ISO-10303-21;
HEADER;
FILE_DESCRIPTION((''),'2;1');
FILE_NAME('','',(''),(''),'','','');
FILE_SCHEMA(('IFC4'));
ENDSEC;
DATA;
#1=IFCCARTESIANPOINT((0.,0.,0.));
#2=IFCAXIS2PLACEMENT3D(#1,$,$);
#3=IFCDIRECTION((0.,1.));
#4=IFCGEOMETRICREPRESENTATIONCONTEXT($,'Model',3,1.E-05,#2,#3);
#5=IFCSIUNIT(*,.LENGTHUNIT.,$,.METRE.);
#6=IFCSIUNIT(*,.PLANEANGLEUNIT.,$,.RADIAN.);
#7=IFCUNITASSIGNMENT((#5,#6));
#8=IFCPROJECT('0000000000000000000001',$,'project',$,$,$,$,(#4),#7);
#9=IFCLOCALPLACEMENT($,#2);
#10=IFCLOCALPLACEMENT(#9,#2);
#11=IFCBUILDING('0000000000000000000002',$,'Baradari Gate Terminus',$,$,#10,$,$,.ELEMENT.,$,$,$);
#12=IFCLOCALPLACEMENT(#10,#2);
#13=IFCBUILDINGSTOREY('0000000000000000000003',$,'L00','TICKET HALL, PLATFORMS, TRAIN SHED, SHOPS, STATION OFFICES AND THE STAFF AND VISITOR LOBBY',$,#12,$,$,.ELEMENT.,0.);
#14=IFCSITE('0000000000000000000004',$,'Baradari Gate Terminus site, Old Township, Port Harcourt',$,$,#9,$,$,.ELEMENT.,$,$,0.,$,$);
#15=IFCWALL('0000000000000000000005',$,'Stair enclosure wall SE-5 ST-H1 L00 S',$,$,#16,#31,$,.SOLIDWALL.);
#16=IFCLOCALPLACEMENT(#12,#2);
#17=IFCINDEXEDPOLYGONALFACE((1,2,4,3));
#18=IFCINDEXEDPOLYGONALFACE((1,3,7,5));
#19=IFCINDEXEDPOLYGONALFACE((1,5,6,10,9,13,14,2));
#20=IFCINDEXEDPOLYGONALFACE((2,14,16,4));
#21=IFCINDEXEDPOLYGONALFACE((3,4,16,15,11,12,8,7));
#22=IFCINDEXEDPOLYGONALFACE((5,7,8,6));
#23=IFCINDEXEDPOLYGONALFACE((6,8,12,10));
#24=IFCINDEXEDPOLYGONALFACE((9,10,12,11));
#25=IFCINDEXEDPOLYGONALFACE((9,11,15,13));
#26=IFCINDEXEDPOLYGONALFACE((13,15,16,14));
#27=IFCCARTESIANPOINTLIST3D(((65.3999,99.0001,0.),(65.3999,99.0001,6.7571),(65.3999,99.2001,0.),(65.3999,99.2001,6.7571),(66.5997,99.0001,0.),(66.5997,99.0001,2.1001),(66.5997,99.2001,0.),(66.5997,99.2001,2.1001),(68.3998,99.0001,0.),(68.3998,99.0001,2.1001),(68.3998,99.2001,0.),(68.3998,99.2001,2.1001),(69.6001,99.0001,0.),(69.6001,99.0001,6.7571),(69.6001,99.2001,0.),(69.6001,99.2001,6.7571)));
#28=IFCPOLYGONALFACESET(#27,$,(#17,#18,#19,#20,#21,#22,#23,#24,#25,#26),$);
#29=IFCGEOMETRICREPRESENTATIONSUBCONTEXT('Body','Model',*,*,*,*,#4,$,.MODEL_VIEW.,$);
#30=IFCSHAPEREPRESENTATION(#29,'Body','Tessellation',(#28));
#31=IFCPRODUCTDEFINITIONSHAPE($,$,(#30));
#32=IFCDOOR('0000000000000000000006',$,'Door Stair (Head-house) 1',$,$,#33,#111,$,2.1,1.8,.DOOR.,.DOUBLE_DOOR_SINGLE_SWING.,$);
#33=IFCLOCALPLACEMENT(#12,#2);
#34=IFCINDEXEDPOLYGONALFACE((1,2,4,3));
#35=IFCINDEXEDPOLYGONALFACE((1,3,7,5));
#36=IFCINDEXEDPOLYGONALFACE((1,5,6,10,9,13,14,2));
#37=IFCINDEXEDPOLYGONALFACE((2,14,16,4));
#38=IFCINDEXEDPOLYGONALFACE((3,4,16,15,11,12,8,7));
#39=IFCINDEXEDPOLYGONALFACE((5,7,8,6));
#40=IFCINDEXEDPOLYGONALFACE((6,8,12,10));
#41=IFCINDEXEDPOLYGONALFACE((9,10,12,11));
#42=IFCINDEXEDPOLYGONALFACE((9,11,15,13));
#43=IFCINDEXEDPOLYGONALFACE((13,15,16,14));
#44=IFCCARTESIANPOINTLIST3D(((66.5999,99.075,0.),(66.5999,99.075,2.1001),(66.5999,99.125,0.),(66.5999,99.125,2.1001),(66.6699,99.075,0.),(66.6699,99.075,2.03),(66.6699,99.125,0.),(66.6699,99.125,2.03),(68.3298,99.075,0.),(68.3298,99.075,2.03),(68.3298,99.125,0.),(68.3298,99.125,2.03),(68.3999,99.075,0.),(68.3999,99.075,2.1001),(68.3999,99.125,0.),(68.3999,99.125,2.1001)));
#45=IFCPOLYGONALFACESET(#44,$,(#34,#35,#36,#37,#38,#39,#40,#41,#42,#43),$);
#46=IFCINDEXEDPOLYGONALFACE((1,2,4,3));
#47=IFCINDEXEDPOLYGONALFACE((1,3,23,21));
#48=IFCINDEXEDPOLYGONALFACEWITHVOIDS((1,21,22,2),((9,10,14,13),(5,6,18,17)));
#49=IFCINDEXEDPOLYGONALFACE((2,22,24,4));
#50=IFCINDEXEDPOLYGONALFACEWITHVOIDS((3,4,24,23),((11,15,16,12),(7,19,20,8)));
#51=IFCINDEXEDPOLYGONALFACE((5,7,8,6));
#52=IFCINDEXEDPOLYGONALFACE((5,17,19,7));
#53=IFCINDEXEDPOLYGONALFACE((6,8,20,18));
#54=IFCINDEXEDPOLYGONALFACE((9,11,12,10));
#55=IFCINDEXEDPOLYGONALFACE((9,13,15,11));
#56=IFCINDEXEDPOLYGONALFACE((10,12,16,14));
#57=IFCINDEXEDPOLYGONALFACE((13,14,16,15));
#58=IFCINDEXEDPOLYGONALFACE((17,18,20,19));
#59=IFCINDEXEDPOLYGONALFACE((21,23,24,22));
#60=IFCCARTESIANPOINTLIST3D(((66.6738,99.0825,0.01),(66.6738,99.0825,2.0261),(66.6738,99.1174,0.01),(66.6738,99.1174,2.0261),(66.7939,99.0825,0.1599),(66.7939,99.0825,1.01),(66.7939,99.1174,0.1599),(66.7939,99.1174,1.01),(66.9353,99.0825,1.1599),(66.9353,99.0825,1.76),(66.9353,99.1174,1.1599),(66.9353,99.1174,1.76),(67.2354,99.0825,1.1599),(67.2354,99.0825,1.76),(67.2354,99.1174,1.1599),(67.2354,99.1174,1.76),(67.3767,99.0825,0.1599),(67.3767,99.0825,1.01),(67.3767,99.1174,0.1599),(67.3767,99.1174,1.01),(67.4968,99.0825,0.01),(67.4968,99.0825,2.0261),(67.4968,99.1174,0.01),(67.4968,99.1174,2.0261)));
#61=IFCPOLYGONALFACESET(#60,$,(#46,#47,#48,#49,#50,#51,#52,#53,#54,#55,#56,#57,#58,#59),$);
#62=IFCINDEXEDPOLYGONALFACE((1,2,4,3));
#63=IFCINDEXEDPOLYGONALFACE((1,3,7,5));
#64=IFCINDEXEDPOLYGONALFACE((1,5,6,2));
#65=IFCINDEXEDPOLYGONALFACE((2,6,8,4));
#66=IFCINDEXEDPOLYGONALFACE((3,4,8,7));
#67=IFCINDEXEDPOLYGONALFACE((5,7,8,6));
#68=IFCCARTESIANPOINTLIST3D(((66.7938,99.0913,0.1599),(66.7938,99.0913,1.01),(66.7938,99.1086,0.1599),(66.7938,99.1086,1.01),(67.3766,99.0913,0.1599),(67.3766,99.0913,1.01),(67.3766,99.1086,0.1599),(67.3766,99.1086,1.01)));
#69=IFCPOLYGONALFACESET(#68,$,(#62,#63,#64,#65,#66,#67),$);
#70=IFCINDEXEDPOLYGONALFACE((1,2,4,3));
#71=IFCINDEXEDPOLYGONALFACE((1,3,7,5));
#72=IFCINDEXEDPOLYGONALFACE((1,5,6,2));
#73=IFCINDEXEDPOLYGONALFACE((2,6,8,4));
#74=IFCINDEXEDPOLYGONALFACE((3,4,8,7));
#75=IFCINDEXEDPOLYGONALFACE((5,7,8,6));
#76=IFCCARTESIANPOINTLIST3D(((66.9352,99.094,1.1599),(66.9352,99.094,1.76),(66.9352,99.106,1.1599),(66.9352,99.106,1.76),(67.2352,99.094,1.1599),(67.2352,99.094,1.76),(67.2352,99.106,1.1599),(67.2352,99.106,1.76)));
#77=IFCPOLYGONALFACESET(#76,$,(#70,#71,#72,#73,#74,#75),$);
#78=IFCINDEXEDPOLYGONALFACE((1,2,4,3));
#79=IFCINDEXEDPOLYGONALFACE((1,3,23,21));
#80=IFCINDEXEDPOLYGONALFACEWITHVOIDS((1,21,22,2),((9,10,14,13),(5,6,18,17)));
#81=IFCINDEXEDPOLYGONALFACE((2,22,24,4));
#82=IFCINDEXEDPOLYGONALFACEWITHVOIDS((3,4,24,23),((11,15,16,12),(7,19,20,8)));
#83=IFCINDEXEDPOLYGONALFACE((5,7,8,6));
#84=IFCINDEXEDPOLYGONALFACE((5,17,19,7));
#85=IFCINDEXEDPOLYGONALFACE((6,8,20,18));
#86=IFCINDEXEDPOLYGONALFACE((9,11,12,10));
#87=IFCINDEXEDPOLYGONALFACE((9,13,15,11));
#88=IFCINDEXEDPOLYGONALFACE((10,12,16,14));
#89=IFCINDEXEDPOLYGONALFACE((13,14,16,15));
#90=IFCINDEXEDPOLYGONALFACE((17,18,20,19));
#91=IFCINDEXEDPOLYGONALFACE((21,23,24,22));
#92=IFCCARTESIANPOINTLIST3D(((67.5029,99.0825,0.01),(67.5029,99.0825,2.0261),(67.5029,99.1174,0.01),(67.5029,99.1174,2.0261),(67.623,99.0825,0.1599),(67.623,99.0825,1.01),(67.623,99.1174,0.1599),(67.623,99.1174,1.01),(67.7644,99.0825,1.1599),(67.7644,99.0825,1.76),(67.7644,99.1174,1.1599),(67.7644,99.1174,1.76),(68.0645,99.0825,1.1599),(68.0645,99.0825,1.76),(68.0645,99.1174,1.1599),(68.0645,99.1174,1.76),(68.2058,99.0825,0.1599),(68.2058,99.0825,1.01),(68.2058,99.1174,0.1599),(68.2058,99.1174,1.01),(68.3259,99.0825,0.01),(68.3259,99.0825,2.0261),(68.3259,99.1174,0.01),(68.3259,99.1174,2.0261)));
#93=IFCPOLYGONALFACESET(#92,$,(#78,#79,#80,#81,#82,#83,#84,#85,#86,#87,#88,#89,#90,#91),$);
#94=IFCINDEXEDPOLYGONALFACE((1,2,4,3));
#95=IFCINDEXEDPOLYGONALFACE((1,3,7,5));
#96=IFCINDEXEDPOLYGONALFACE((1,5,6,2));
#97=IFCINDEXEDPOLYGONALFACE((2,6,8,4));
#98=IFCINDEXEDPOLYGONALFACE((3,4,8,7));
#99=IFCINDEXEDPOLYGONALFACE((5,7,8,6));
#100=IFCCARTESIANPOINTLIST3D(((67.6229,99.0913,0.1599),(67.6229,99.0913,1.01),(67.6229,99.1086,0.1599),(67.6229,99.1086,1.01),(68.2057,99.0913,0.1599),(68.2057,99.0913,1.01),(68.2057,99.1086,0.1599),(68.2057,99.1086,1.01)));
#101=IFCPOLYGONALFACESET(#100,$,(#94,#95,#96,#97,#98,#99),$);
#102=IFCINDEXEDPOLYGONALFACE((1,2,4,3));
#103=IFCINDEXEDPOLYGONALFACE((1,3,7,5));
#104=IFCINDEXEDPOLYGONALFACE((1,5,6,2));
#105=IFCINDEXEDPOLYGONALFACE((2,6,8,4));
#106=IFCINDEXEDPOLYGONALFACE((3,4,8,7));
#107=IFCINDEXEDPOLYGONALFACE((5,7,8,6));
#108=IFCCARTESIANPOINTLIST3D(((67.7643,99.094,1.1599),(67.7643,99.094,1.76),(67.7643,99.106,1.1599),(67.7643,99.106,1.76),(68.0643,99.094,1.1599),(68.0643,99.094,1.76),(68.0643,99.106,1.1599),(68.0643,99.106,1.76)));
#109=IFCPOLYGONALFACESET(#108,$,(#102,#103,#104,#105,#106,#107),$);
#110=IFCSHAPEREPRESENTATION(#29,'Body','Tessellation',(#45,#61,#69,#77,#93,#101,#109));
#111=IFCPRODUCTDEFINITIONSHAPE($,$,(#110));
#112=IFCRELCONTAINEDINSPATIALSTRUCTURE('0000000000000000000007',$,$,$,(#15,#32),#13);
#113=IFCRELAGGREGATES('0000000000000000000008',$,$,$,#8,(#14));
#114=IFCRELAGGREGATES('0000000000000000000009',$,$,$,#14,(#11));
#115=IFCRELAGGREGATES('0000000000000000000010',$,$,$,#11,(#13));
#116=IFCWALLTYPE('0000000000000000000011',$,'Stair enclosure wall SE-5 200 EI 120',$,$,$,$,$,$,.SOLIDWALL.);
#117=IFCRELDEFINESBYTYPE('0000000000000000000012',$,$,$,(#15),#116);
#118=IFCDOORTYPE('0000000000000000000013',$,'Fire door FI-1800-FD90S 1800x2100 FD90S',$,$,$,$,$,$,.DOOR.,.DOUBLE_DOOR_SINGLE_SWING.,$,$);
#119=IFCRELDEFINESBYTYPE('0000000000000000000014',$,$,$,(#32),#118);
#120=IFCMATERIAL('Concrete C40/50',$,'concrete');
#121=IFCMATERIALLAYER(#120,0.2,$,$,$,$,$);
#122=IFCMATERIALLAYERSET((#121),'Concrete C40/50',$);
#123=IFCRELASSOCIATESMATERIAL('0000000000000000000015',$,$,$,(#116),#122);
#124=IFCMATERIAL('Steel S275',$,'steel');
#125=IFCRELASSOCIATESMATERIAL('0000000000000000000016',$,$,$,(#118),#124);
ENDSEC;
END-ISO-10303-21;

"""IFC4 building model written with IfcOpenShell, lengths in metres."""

from ifc_helpers import new_model, si_unit, direction, frame, frame_2d, origin, place, context, subcontext, project, spatial, polyline, rectangle, outline, extrude, material, layer, layer_set, type_object, element, fill, save


model = new_model("IFC4")

# Units and contexts
model_context = context("Model", 3, precision=1e-05, world=origin(), true_north=direction((0.0, 1.0)))
body_context = subcontext(model_context, "Body", "Model", "MODEL_VIEW")
ifc_project = project(units=[si_unit("LENGTHUNIT", "METRE"), si_unit("PLANEANGLEUNIT", "RADIAN")], contexts=[model_context])

# Site, building, storey
site_placement = place(None, origin())
site = spatial("IfcSite", under=ifc_project, at=site_placement, Name="Baradari Gate Terminus site, Old Township, Port Harcourt", CompositionType="ELEMENT", RefElevation=0.0)
building_placement = place(site_placement, origin())
building = spatial("IfcBuilding", under=site, at=building_placement, Name="Baradari Gate Terminus", CompositionType="ELEMENT")
storey_placement = place(building_placement, origin())
storey = spatial("IfcBuildingStorey", under=building, at=storey_placement, Name="L00", Description="TICKET HALL, PLATFORMS, TRAIN SHED, SHOPS, STATION OFFICES AND THE STAFF AND VISITOR LOBBY", CompositionType="ELEMENT", Elevation=0.0)

# Wall, opening, door
ifc_material_1 = material(Name="Concrete C40/50", Category="concrete")
ifc_layer_1 = layer(ifc_material_1, 0.2)
ifc_layer_set_1 = layer_set([ifc_layer_1], Name="Concrete C40/50")
wall_type_1 = type_object("IfcWallType", Name="Stair enclosure wall SE-5 200 EI 120", PredefinedType="SOLIDWALL", material=ifc_layer_set_1)
wall_1_placement = place(storey_placement, frame((65.3999, 99.1001, 0.0), z_axis=(0.0, 0.0, 1.0), x_axis=(1.0, 0.0, 0.0)))
wall_1 = element("IfcWall", 1, at=wall_1_placement, inside=storey, type_object=wall_type_1, Name="Stair enclosure wall SE-5 ST-H1 L00 S", PredefinedType="SOLIDWALL", context=body_context, shape_type="SweptSolid", body=[
    extrude(rectangle(XDim=4.2002, YDim=0.2, at=frame_2d((2.1001, 0.0))), origin(), (0.0, 0.0, 1.0), 6.7571),
])
opening_1_placement = place(wall_1_placement, frame((1.2, 0.0, 0.0)))
opening_1 = element("IfcOpeningElement", 2, at=opening_1_placement, cuts=wall_1, PredefinedType="OPENING", context=body_context, shape_type="SweptSolid", body=[
    extrude(rectangle(XDim=1.8, YDim=2.1001, at=frame_2d((0.8999, 1.05))), frame((0.0, 0.1099, 0.0), z_axis=(0.0, -1.0, 0.0), x_axis=(1.0, 0.0, 0.0)), (0.0, 0.0, 1.0), 0.22),
])
ifc_material_2 = material(Name="Steel S275", Category="steel")
door_type_1 = type_object("IfcDoorType", Name="Fire door FI-1800-FD90S 1800x2100 FD90S", OperationType="DOUBLE_DOOR_SINGLE_SWING", PredefinedType="DOOR", material=ifc_material_2)
door_1_placement = place(opening_1_placement, origin())
door_1 = element("IfcDoor", 3, at=door_1_placement, inside=storey, type_object=door_type_1, Name="Door Stair (Head-house) 1", OperationType="DOUBLE_DOOR_SINGLE_SWING", OverallHeight=2.1, OverallWidth=1.8, PredefinedType="DOOR", context=body_context, shape_type="SweptSolid", body=[
    extrude(outline(polyline([(0.0, 0.0), (0.0701, 0.0), (0.0701, 2.03), (1.73, 2.03), (1.73, 0.0), (1.8, 0.0), (1.8, 2.1001), (0.0, 2.1001), (0.0, 0.0)])), frame((0.0, 0.0249, 0.0), z_axis=(0.0, -1.0, 0.0), x_axis=(1.0, 0.0, 0.0)), (0.0, 0.0, 1.0), 0.05),
    extrude(outline(polyline([(0.074, 0.01), (0.897, 0.01), (0.897, 2.0261), (0.074, 2.0261), (0.074, 0.01)]), holes=[polyline([(0.1941, 0.1599), (0.7769, 0.1599), (0.7769, 1.01), (0.1941, 1.01), (0.1941, 0.1599)]), polyline([(0.3354, 1.1599), (0.6355, 1.1599), (0.6355, 1.76), (0.3354, 1.76), (0.3354, 1.1599)])]), frame((0.0, 0.0173, 0.0), z_axis=(0.0, -1.0, 0.0), x_axis=(1.0, 0.0, 0.0)), (0.0, 0.0, 1.0), 0.0349),
    extrude(rectangle(XDim=0.5828, YDim=0.8501, at=frame_2d((0.4854, 0.585))), frame((0.0, 0.0085, 0.0), z_axis=(0.0, -1.0, 0.0), x_axis=(1.0, 0.0, 0.0)), (0.0, 0.0, 1.0), 0.0173),
    extrude(rectangle(XDim=0.3, YDim=0.6001, at=frame_2d((0.4854, 1.46))), frame((0.0, 0.0059, 0.0), z_axis=(0.0, -1.0, 0.0), x_axis=(1.0, 0.0, 0.0)), (0.0, 0.0, 1.0), 0.012),
    extrude(outline(polyline([(0.9031, 0.01), (1.7261, 0.01), (1.7261, 2.0261), (0.9031, 2.0261), (0.9031, 0.01)]), holes=[polyline([(1.0232, 0.1599), (1.606, 0.1599), (1.606, 1.01), (1.0232, 1.01), (1.0232, 0.1599)]), polyline([(1.1646, 1.1599), (1.4646, 1.1599), (1.4646, 1.76), (1.1646, 1.76), (1.1646, 1.1599)])]), frame((0.0, 0.0173, 0.0), z_axis=(0.0, -1.0, 0.0), x_axis=(1.0, 0.0, 0.0)), (0.0, 0.0, 1.0), 0.0349),
    extrude(rectangle(XDim=0.5828, YDim=0.8501, at=frame_2d((1.3145, 0.585))), frame((0.0, 0.0085, 0.0), z_axis=(0.0, -1.0, 0.0), x_axis=(1.0, 0.0, 0.0)), (0.0, 0.0, 1.0), 0.0173),
    extrude(rectangle(XDim=0.3, YDim=0.6001, at=frame_2d((1.3145, 1.46))), frame((0.0, 0.0059, 0.0), z_axis=(0.0, -1.0, 0.0), x_axis=(1.0, 0.0, 0.0)), (0.0, 0.0, 1.0), 0.012),
])
fill(opening_1, door_1)

save(model, "model.ifc")
